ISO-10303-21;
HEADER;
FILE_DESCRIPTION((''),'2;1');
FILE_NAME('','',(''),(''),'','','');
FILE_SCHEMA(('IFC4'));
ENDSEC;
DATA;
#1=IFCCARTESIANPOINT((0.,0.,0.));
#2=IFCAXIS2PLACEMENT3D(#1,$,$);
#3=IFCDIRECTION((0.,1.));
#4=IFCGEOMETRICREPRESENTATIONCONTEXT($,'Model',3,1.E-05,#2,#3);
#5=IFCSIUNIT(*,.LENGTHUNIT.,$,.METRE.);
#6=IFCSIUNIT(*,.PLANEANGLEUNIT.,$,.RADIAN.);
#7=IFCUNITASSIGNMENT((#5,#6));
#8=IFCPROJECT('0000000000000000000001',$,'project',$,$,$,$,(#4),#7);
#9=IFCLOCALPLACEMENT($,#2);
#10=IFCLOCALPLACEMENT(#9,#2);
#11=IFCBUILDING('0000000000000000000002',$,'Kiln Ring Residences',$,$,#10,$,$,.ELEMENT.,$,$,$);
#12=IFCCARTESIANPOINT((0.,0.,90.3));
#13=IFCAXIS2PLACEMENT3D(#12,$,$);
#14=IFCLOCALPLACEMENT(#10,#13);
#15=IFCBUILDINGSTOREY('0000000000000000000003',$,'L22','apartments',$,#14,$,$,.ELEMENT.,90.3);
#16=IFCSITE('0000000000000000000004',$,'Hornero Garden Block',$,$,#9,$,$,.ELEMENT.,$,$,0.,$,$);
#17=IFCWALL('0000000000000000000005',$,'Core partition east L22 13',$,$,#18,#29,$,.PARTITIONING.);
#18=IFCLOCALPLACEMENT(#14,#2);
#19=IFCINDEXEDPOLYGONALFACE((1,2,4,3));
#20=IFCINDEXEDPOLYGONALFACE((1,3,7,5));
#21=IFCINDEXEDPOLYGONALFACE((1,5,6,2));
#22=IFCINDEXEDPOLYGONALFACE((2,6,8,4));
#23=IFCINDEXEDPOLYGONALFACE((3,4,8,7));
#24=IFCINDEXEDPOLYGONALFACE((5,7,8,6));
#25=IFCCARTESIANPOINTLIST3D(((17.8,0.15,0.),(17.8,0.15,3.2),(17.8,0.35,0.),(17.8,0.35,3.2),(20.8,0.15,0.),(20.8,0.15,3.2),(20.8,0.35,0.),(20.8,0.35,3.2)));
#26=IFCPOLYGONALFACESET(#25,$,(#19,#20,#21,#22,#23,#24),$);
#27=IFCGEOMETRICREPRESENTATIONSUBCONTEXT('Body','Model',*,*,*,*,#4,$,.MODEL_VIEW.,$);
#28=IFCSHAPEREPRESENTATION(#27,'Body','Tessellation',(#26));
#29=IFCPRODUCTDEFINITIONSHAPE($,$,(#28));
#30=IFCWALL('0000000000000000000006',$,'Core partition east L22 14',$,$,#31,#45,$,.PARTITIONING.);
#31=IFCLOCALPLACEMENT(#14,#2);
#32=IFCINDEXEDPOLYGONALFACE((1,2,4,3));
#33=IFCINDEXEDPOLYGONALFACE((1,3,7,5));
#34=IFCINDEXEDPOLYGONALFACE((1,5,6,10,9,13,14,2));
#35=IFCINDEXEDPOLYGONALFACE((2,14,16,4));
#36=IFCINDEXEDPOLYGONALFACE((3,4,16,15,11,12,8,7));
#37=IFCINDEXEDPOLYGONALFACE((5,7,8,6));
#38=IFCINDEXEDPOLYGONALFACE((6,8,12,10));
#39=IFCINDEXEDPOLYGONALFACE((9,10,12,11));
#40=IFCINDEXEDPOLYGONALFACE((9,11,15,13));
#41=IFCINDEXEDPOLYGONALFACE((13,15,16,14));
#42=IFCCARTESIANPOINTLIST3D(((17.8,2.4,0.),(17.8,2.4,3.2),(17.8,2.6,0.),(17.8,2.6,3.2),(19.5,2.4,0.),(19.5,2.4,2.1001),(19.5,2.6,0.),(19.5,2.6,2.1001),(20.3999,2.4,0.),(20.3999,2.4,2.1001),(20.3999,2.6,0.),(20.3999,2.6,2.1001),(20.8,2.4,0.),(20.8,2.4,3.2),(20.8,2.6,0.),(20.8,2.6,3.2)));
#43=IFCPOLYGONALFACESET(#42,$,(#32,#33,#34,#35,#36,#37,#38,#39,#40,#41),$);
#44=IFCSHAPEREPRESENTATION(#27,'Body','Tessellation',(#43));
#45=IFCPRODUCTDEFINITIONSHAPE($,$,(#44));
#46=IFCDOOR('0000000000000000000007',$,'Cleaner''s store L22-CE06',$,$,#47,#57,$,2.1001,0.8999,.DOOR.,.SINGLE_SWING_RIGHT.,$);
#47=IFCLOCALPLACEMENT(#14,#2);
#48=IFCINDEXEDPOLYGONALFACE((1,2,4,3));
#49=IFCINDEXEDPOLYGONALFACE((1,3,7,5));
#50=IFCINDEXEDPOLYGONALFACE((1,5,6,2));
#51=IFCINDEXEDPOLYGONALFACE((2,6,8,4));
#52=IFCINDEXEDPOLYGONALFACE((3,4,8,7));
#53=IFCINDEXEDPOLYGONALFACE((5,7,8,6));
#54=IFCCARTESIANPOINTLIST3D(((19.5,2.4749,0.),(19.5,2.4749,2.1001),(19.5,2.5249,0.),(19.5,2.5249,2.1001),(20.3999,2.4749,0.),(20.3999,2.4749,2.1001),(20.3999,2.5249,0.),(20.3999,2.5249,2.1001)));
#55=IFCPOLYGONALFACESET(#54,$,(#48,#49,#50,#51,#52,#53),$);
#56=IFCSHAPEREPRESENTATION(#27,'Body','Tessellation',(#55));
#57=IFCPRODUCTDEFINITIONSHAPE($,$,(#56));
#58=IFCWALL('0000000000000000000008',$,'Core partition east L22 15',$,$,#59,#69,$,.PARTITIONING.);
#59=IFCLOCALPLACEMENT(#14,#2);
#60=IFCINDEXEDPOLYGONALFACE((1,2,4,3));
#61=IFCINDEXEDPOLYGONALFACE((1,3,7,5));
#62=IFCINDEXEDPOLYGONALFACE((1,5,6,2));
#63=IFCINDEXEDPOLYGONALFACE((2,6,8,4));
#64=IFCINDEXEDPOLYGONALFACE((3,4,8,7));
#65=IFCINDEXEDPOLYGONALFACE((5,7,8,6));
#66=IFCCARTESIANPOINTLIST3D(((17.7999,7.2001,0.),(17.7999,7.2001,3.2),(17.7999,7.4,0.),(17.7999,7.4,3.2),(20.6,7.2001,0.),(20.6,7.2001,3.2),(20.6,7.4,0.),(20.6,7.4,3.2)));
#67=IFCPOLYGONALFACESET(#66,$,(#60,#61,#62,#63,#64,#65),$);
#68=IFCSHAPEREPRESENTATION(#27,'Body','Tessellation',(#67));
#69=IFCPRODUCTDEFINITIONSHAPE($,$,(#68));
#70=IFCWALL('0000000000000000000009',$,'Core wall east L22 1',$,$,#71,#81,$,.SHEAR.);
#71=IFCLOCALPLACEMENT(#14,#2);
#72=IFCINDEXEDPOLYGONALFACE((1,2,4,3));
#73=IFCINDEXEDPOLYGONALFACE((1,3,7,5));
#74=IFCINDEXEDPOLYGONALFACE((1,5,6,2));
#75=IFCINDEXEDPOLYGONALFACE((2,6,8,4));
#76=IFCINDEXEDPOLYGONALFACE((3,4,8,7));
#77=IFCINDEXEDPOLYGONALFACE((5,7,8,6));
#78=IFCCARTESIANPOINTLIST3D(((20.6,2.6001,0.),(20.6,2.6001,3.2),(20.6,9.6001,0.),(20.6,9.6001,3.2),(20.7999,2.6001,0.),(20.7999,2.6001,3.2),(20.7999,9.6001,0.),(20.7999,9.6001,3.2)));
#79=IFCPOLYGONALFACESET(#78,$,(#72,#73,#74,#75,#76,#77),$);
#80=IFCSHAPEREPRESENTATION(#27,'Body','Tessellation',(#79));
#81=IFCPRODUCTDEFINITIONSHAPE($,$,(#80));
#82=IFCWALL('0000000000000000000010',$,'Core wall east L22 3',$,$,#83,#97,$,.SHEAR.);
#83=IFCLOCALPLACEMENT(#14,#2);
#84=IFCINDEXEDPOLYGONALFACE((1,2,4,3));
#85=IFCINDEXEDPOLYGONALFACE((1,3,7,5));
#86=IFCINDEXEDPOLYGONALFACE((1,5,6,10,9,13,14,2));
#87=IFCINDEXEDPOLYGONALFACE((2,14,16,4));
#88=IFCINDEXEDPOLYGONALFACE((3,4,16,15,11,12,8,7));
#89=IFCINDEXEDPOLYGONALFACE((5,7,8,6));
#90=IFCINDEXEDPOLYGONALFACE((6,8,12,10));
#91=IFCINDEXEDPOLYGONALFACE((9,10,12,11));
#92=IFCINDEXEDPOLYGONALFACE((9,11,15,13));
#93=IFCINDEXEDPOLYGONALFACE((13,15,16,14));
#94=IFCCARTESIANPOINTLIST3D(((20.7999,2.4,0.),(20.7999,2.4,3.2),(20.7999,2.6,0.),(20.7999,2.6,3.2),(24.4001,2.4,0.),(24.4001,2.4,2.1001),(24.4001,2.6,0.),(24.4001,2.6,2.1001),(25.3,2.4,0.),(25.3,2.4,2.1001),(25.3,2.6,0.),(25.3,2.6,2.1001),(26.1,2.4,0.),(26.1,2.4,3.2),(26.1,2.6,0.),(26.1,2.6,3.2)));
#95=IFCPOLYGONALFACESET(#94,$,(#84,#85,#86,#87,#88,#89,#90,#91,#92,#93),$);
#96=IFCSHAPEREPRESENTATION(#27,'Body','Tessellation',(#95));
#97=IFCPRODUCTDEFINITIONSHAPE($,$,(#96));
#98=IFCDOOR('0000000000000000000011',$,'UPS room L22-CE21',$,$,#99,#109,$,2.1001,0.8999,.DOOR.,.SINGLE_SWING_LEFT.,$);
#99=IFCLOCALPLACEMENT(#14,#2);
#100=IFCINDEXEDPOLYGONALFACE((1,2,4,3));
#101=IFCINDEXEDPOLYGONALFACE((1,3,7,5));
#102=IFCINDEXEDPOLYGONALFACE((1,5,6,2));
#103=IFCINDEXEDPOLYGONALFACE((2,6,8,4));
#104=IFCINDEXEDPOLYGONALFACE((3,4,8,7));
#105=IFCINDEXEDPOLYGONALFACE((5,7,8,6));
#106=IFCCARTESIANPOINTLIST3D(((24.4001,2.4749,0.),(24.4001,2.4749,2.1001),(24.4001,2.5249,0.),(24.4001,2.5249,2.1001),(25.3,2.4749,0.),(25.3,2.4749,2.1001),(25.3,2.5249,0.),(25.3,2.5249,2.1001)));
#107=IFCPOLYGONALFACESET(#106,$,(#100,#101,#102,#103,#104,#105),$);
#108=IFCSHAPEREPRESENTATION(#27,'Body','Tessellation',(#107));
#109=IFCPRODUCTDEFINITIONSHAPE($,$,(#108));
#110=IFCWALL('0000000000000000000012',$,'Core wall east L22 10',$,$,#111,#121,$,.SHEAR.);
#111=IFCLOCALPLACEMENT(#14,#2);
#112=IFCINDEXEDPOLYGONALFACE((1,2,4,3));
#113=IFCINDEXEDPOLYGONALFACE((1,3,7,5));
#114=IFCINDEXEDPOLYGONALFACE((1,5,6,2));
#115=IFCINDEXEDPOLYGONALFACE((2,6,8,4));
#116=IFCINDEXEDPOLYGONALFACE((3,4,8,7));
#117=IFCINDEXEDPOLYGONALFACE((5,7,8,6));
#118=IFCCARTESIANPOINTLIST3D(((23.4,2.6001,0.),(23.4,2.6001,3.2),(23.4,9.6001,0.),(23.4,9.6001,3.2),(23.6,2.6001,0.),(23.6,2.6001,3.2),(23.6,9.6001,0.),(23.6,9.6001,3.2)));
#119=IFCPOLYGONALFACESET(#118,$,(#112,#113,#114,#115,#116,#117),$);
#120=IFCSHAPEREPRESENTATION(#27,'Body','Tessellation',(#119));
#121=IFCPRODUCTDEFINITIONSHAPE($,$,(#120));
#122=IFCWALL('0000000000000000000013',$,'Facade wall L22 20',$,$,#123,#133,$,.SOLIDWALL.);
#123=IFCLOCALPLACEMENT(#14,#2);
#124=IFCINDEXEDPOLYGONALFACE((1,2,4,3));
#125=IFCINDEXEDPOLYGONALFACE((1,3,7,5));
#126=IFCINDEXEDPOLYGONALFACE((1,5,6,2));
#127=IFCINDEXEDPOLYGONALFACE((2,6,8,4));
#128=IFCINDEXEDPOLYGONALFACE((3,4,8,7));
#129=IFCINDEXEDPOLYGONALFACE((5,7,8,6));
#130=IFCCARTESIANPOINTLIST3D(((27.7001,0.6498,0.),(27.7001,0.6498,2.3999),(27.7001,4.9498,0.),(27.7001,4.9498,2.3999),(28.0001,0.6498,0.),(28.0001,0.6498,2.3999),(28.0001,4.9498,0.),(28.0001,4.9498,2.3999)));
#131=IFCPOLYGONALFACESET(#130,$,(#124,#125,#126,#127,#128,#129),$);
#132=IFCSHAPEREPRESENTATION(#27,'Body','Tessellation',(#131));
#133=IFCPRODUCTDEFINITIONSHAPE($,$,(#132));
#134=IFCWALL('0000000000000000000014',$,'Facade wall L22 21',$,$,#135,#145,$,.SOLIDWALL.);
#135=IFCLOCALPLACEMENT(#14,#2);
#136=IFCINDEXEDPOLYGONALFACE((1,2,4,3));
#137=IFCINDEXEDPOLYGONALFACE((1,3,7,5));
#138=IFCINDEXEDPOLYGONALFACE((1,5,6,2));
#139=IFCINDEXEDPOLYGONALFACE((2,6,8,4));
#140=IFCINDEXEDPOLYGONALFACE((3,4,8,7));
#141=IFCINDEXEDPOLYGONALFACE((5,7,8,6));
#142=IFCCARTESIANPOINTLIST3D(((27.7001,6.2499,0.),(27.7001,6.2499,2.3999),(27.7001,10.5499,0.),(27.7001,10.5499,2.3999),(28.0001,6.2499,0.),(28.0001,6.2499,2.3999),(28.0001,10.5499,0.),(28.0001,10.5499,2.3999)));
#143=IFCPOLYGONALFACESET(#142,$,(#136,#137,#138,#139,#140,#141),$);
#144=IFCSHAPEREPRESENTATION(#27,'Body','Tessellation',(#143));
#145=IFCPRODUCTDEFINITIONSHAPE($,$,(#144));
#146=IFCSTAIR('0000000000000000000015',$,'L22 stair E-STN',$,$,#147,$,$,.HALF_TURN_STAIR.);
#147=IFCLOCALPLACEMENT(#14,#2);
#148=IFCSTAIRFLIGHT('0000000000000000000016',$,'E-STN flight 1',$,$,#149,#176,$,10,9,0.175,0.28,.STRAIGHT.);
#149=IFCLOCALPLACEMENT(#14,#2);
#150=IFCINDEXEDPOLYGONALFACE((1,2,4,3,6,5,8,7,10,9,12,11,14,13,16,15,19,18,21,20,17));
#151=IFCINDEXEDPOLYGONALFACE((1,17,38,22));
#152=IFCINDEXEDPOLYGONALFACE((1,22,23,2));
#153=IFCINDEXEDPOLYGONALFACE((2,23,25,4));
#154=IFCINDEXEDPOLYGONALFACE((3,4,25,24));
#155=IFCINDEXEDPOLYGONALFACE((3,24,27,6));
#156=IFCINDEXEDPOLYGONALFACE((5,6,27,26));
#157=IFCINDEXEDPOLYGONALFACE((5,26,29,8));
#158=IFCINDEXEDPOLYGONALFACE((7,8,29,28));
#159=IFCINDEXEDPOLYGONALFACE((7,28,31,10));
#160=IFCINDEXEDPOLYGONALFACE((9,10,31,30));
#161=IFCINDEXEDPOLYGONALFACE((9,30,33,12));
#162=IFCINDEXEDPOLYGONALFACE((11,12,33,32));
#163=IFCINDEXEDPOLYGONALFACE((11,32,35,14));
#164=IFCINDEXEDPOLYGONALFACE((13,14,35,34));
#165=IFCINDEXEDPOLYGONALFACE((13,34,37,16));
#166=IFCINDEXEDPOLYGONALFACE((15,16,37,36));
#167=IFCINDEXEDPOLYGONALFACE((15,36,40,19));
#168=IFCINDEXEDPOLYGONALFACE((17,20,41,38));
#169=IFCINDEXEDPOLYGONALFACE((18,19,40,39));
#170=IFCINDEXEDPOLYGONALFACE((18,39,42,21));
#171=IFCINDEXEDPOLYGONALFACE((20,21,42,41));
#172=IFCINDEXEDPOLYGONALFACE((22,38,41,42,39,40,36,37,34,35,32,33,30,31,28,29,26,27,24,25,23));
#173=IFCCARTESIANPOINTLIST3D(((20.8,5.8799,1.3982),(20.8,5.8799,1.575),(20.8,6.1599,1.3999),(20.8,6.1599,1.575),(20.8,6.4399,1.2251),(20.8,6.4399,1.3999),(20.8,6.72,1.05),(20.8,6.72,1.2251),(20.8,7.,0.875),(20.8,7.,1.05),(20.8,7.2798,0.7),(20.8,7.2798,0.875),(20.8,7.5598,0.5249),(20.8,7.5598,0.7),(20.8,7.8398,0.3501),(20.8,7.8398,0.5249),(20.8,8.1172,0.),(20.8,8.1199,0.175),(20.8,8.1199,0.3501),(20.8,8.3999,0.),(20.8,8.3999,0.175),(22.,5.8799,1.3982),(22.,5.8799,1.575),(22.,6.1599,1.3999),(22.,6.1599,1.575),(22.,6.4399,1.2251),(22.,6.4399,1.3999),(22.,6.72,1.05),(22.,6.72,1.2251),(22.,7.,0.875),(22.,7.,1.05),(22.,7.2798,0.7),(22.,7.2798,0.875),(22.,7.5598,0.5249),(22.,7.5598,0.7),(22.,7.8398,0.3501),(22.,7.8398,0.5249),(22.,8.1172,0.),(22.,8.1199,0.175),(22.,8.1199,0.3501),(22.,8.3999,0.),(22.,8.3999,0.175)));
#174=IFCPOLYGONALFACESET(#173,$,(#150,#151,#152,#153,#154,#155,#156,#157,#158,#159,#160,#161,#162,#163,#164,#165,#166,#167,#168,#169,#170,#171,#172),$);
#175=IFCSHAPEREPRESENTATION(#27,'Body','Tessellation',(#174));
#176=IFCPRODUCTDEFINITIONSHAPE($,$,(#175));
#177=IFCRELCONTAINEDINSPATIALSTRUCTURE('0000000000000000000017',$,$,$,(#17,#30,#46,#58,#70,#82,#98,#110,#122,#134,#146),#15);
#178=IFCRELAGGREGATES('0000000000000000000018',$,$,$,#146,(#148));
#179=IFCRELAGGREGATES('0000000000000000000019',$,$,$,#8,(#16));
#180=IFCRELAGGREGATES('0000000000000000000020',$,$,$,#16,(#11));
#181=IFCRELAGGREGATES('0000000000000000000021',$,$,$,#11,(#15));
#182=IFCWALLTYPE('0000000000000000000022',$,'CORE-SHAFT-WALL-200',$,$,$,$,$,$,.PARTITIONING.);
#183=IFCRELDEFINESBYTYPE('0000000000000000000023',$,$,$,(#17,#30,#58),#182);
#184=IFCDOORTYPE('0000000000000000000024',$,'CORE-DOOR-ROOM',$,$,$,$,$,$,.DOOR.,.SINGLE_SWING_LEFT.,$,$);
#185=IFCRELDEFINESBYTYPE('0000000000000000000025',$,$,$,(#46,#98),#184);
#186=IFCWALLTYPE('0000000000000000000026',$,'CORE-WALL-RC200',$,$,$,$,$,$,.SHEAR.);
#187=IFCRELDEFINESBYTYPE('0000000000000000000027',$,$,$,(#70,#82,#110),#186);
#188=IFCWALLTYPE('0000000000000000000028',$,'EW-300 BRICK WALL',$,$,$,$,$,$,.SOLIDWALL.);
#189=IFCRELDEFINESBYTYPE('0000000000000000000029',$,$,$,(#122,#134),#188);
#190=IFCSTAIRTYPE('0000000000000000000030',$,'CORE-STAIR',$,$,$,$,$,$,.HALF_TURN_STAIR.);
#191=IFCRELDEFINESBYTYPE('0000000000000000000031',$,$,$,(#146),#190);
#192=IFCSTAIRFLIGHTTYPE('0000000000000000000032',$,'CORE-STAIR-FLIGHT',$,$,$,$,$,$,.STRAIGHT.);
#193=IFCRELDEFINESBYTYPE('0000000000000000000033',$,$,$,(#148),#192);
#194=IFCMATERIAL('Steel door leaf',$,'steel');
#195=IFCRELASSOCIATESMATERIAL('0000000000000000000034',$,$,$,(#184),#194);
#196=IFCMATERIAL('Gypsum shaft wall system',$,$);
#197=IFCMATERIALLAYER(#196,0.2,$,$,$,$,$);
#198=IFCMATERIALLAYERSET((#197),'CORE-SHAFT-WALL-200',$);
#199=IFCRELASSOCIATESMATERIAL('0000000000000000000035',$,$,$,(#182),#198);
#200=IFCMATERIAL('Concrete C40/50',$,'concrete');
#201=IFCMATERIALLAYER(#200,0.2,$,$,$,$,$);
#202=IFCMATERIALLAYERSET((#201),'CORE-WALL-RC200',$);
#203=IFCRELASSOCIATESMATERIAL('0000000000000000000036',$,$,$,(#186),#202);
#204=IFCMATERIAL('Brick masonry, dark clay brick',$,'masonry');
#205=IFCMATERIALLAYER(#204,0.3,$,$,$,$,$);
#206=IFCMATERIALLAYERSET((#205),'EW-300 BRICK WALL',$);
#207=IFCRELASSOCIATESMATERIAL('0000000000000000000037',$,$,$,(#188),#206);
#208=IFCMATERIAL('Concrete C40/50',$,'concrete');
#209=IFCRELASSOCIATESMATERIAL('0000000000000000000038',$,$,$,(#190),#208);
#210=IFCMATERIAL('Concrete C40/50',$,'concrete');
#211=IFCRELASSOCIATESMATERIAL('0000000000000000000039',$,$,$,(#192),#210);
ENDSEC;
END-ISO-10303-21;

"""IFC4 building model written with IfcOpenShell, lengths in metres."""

from ifc_helpers import new_model, si_unit, direction, frame, frame_2d, origin, place, context, subcontext, project, spatial, polyline, rectangle, outline, extrude, material, layer, layer_set, type_object, element, fill, aggregate, save


model = new_model("IFC4")

# Units and contexts
model_context = context("Model", 3, precision=1e-05, world=origin(), true_north=direction((0.0, 1.0)))
body_context = subcontext(model_context, "Body", "Model", "MODEL_VIEW")
ifc_project = project(units=[si_unit("LENGTHUNIT", "METRE"), si_unit("PLANEANGLEUNIT", "RADIAN")], contexts=[model_context])

# Site, building, storey
site_placement = place(None, origin())
site = spatial("IfcSite", under=ifc_project, at=site_placement, Name="Hornero Garden Block", CompositionType="ELEMENT", RefElevation=0.0)
building_placement = place(site_placement, origin())
building = spatial("IfcBuilding", under=site, at=building_placement, Name="Kiln Ring Residences", CompositionType="ELEMENT")
storey_placement = place(building_placement, frame((0.0, 0.0, 90.3)))
storey = spatial("IfcBuildingStorey", under=building, at=storey_placement, Name="L22", Description="apartments", CompositionType="ELEMENT", Elevation=90.3)

# Shared definitions
ifc_material_1 = material(Name="Steel door leaf", Category="steel")
door_type = type_object("IfcDoorType", Name="CORE-DOOR-ROOM", OperationType="SINGLE_SWING_LEFT", PredefinedType="DOOR", material=ifc_material_1)

# Wall
ifc_material_2 = material(Name="Gypsum shaft wall system")
ifc_layer_1 = layer(ifc_material_2, 0.2)
ifc_layer_set_1 = layer_set([ifc_layer_1], Name="CORE-SHAFT-WALL-200")
wall_type_1 = type_object("IfcWallType", Name="CORE-SHAFT-WALL-200", PredefinedType="PARTITIONING", material=ifc_layer_set_1)
wall_1_placement = place(storey_placement, frame((17.8, 0.25, 0.0), z_axis=(0.0, 0.0, 1.0), x_axis=(1.0, 0.0, 0.0)))
element("IfcWall", 1, at=wall_1_placement, inside=storey, type_object=wall_type_1, Name="Core partition east L22 13", PredefinedType="PARTITIONING", context=body_context, shape_type="SweptSolid", body=[
    extrude(rectangle(XDim=3.0, YDim=0.2, at=frame_2d((1.5, 0.0))), origin(), (0.0, 0.0, 1.0), 3.2),
])

# Wall, opening, door
wall_2_placement = place(storey_placement, frame((17.8, 2.5, 0.0), z_axis=(0.0, 0.0, 1.0), x_axis=(1.0, 0.0, 0.0)))
wall_2 = element("IfcWall", 2, at=wall_2_placement, inside=storey, type_object=wall_type_1, Name="Core partition east L22 14", PredefinedType="PARTITIONING", context=body_context, shape_type="SweptSolid", body=[
    extrude(rectangle(XDim=3.0, YDim=0.2, at=frame_2d((1.5, 0.0))), origin(), (0.0, 0.0, 1.0), 3.2),
])
opening_1_placement = place(wall_2_placement, frame((1.7, 0.0, 0.0)))
opening_1 = element("IfcOpeningElement", 3, at=opening_1_placement, cuts=wall_2, PredefinedType="OPENING", context=body_context, shape_type="SweptSolid", body=[
    extrude(rectangle(XDim=0.8999, YDim=2.1001, at=frame_2d((0.45, 1.05))), frame((0.0, 0.1099, 0.0), z_axis=(0.0, -1.0, 0.0), x_axis=(1.0, 0.0, 0.0)), (0.0, 0.0, 1.0), 0.22),
])
door_1_placement = place(opening_1_placement, origin())
door_1 = element("IfcDoor", 4, at=door_1_placement, inside=storey, type_object=door_type, Name="Cleaner's store L22-CE06", OperationType="SINGLE_SWING_RIGHT", OverallHeight=2.1001, OverallWidth=0.8999, PredefinedType="DOOR", context=body_context, shape_type="SweptSolid", body=[
    extrude(rectangle(XDim=0.8999, YDim=2.1001, at=frame_2d((0.45, 1.05))), frame((0.0, 0.0249, 0.0), z_axis=(0.0, -1.0, 0.0), x_axis=(1.0, 0.0, 0.0)), (0.0, 0.0, 1.0), 0.05),
])
fill(opening_1, door_1)

# Walls
wall_3_placement = place(storey_placement, frame((17.8, 7.3, 0.0), z_axis=(0.0, 0.0, 1.0), x_axis=(1.0, 0.0, 0.0)))
element("IfcWall", 5, at=wall_3_placement, inside=storey, type_object=wall_type_1, Name="Core partition east L22 15", PredefinedType="PARTITIONING", context=body_context, shape_type="SweptSolid", body=[
    extrude(rectangle(XDim=2.8, YDim=0.2, at=frame_2d((1.3999, 0.0))), origin(), (0.0, 0.0, 1.0), 3.2),
])
ifc_material_3 = material(Name="Concrete C40/50", Category="concrete")
ifc_layer_2 = layer(ifc_material_3, 0.2)
ifc_layer_set_2 = layer_set([ifc_layer_2], Name="CORE-WALL-RC200")
wall_type_2 = type_object("IfcWallType", Name="CORE-WALL-RC200", PredefinedType="SHEAR", material=ifc_layer_set_2)
wall_4_placement = place(storey_placement, frame((20.7, 2.6001, 0.0), z_axis=(0.0, 0.0, 1.0), x_axis=(0.0, 1.0, 0.0)))
element("IfcWall", 6, at=wall_4_placement, inside=storey, type_object=wall_type_2, Name="Core wall east L22 1", PredefinedType="SHEAR", context=body_context, shape_type="SweptSolid", body=[
    extrude(rectangle(XDim=7.0, YDim=0.2, at=frame_2d((3.5, 0.0))), origin(), (0.0, 0.0, 1.0), 3.2),
])

# Wall, opening, door
wall_5_placement = place(storey_placement, frame((20.8, 2.5, 0.0), z_axis=(0.0, 0.0, 1.0), x_axis=(1.0, 0.0, 0.0)))
wall_5 = element("IfcWall", 7, at=wall_5_placement, inside=storey, type_object=wall_type_2, Name="Core wall east L22 3", PredefinedType="SHEAR", context=body_context, shape_type="SweptSolid", body=[
    extrude(rectangle(XDim=5.3, YDim=0.2, at=frame_2d((2.6499, 0.0))), origin(), (0.0, 0.0, 1.0), 3.2),
])
opening_2_placement = place(wall_5_placement, frame((3.6001, 0.0, 0.0)))
opening_2 = element("IfcOpeningElement", 8, at=opening_2_placement, cuts=wall_5, PredefinedType="OPENING", context=body_context, shape_type="SweptSolid", body=[
    extrude(rectangle(XDim=0.8999, YDim=2.1001, at=frame_2d((0.45, 1.05))), frame((0.0, 0.1099, 0.0), z_axis=(0.0, -1.0, 0.0), x_axis=(1.0, 0.0, 0.0)), (0.0, 0.0, 1.0), 0.22),
])
door_2_placement = place(opening_2_placement, origin())
door_2 = element("IfcDoor", 9, at=door_2_placement, inside=storey, type_object=door_type, Name="UPS room L22-CE21", OperationType="SINGLE_SWING_LEFT", OverallHeight=2.1001, OverallWidth=0.8999, PredefinedType="DOOR", context=body_context, shape_type="SweptSolid", body=[
    extrude(rectangle(XDim=0.8999, YDim=2.1001, at=frame_2d((0.45, 1.05))), frame((0.0, 0.0249, 0.0), z_axis=(0.0, -1.0, 0.0), x_axis=(1.0, 0.0, 0.0)), (0.0, 0.0, 1.0), 0.05),
])
fill(opening_2, door_2)

# Walls
wall_6_placement = place(storey_placement, frame((23.5, 2.6001, 0.0), z_axis=(0.0, 0.0, 1.0), x_axis=(0.0, 1.0, 0.0)))
element("IfcWall", 10, at=wall_6_placement, inside=storey, type_object=wall_type_2, Name="Core wall east L22 10", PredefinedType="SHEAR", context=body_context, shape_type="SweptSolid", body=[
    extrude(rectangle(XDim=7.0, YDim=0.2, at=frame_2d((3.5, 0.0))), origin(), (0.0, 0.0, 1.0), 3.2),
])
ifc_material_4 = material(Name="Brick masonry, dark clay brick", Category="masonry")
ifc_layer_3 = layer(ifc_material_4, 0.3)
ifc_layer_set_3 = layer_set([ifc_layer_3], Name="EW-300 BRICK WALL")
wall_type_3 = type_object("IfcWallType", Name="EW-300 BRICK WALL", PredefinedType="SOLIDWALL", material=ifc_layer_set_3)
for number, where, z_axis, x_axis, name in (
    (11, (27.8501, 0.6499, 0.0), (0.0, 0.0, 1.0), (0.0, 1.0, 0.0), "Facade wall L22 20"),
    (12, (27.8501, 6.25, 0.0), (0.0, 0.0, 1.0), (0.0, 1.0, 0.0), "Facade wall L22 21"),
):
    element("IfcWall", number, at=place(storey_placement, frame(where, z_axis=z_axis, x_axis=x_axis)), inside=storey, type_object=wall_type_3, Name=name, PredefinedType="SOLIDWALL", context=body_context, shape_type="SweptSolid", body=[
        extrude(rectangle(XDim=4.3, YDim=0.3, at=frame_2d((2.1499, 0.0))), origin(), (0.0, 0.0, 1.0), 2.3999),
    ])

# Stair, stair flight
ifc_material_5 = material(Name="Concrete C40/50", Category="concrete")
stair_type = type_object("IfcStairType", Name="CORE-STAIR", PredefinedType="HALF_TURN_STAIR", material=ifc_material_5)
stair_placement = place(storey_placement, origin())
stair = element("IfcStair", 13, at=stair_placement, inside=storey, type_object=stair_type, Name="L22 stair E-STN", PredefinedType="HALF_TURN_STAIR")
ifc_material_6 = material(Name="Concrete C40/50", Category="concrete")
stair_flight_type = type_object("IfcStairFlightType", Name="CORE-STAIR-FLIGHT", PredefinedType="STRAIGHT", material=ifc_material_6)
stair_flight_1_placement = place(storey_placement, frame((21.3999, 8.3999, 0.0), z_axis=(0.0, 0.0, 1.0), x_axis=(0.0, -1.0, 0.0)))
stair_flight_1 = element("IfcStairFlight", 14, at=stair_flight_1_placement, type_object=stair_flight_type, Name="E-STN flight 1", NumberOfRisers=10, NumberOfTreads=9, PredefinedType="STRAIGHT", RiserHeight=0.175, TreadLength=0.28, context=body_context, shape_type="SweptSolid", body=[
    extrude(outline(polyline([(0.0, 0.0), (0.0, 0.175), (0.28, 0.175), (0.28, 0.3501), (0.5601, 0.3501), (0.5601, 0.5249), (0.8401, 0.5249), (0.8401, 0.7), (1.1201, 0.7), (1.1201, 0.875), (1.3999, 0.875), (1.3999, 1.05), (1.6799, 1.05), (1.6799, 1.2251), (1.96, 1.2251), (1.96, 1.3999), (2.24, 1.3999), (2.24, 1.575), (2.52, 1.575), (2.52, 1.75), (2.52, 1.3982), (0.2827, 0.0), (0.0, 0.0)])), frame((0.0, 0.6001, 0.0), z_axis=(0.0, -1.0, 0.0), x_axis=(1.0, 0.0, 0.0)), (0.0, 0.0, 1.0), 1.2),
])
aggregate(stair, [stair_flight_1])

save(model, "model.ifc")
